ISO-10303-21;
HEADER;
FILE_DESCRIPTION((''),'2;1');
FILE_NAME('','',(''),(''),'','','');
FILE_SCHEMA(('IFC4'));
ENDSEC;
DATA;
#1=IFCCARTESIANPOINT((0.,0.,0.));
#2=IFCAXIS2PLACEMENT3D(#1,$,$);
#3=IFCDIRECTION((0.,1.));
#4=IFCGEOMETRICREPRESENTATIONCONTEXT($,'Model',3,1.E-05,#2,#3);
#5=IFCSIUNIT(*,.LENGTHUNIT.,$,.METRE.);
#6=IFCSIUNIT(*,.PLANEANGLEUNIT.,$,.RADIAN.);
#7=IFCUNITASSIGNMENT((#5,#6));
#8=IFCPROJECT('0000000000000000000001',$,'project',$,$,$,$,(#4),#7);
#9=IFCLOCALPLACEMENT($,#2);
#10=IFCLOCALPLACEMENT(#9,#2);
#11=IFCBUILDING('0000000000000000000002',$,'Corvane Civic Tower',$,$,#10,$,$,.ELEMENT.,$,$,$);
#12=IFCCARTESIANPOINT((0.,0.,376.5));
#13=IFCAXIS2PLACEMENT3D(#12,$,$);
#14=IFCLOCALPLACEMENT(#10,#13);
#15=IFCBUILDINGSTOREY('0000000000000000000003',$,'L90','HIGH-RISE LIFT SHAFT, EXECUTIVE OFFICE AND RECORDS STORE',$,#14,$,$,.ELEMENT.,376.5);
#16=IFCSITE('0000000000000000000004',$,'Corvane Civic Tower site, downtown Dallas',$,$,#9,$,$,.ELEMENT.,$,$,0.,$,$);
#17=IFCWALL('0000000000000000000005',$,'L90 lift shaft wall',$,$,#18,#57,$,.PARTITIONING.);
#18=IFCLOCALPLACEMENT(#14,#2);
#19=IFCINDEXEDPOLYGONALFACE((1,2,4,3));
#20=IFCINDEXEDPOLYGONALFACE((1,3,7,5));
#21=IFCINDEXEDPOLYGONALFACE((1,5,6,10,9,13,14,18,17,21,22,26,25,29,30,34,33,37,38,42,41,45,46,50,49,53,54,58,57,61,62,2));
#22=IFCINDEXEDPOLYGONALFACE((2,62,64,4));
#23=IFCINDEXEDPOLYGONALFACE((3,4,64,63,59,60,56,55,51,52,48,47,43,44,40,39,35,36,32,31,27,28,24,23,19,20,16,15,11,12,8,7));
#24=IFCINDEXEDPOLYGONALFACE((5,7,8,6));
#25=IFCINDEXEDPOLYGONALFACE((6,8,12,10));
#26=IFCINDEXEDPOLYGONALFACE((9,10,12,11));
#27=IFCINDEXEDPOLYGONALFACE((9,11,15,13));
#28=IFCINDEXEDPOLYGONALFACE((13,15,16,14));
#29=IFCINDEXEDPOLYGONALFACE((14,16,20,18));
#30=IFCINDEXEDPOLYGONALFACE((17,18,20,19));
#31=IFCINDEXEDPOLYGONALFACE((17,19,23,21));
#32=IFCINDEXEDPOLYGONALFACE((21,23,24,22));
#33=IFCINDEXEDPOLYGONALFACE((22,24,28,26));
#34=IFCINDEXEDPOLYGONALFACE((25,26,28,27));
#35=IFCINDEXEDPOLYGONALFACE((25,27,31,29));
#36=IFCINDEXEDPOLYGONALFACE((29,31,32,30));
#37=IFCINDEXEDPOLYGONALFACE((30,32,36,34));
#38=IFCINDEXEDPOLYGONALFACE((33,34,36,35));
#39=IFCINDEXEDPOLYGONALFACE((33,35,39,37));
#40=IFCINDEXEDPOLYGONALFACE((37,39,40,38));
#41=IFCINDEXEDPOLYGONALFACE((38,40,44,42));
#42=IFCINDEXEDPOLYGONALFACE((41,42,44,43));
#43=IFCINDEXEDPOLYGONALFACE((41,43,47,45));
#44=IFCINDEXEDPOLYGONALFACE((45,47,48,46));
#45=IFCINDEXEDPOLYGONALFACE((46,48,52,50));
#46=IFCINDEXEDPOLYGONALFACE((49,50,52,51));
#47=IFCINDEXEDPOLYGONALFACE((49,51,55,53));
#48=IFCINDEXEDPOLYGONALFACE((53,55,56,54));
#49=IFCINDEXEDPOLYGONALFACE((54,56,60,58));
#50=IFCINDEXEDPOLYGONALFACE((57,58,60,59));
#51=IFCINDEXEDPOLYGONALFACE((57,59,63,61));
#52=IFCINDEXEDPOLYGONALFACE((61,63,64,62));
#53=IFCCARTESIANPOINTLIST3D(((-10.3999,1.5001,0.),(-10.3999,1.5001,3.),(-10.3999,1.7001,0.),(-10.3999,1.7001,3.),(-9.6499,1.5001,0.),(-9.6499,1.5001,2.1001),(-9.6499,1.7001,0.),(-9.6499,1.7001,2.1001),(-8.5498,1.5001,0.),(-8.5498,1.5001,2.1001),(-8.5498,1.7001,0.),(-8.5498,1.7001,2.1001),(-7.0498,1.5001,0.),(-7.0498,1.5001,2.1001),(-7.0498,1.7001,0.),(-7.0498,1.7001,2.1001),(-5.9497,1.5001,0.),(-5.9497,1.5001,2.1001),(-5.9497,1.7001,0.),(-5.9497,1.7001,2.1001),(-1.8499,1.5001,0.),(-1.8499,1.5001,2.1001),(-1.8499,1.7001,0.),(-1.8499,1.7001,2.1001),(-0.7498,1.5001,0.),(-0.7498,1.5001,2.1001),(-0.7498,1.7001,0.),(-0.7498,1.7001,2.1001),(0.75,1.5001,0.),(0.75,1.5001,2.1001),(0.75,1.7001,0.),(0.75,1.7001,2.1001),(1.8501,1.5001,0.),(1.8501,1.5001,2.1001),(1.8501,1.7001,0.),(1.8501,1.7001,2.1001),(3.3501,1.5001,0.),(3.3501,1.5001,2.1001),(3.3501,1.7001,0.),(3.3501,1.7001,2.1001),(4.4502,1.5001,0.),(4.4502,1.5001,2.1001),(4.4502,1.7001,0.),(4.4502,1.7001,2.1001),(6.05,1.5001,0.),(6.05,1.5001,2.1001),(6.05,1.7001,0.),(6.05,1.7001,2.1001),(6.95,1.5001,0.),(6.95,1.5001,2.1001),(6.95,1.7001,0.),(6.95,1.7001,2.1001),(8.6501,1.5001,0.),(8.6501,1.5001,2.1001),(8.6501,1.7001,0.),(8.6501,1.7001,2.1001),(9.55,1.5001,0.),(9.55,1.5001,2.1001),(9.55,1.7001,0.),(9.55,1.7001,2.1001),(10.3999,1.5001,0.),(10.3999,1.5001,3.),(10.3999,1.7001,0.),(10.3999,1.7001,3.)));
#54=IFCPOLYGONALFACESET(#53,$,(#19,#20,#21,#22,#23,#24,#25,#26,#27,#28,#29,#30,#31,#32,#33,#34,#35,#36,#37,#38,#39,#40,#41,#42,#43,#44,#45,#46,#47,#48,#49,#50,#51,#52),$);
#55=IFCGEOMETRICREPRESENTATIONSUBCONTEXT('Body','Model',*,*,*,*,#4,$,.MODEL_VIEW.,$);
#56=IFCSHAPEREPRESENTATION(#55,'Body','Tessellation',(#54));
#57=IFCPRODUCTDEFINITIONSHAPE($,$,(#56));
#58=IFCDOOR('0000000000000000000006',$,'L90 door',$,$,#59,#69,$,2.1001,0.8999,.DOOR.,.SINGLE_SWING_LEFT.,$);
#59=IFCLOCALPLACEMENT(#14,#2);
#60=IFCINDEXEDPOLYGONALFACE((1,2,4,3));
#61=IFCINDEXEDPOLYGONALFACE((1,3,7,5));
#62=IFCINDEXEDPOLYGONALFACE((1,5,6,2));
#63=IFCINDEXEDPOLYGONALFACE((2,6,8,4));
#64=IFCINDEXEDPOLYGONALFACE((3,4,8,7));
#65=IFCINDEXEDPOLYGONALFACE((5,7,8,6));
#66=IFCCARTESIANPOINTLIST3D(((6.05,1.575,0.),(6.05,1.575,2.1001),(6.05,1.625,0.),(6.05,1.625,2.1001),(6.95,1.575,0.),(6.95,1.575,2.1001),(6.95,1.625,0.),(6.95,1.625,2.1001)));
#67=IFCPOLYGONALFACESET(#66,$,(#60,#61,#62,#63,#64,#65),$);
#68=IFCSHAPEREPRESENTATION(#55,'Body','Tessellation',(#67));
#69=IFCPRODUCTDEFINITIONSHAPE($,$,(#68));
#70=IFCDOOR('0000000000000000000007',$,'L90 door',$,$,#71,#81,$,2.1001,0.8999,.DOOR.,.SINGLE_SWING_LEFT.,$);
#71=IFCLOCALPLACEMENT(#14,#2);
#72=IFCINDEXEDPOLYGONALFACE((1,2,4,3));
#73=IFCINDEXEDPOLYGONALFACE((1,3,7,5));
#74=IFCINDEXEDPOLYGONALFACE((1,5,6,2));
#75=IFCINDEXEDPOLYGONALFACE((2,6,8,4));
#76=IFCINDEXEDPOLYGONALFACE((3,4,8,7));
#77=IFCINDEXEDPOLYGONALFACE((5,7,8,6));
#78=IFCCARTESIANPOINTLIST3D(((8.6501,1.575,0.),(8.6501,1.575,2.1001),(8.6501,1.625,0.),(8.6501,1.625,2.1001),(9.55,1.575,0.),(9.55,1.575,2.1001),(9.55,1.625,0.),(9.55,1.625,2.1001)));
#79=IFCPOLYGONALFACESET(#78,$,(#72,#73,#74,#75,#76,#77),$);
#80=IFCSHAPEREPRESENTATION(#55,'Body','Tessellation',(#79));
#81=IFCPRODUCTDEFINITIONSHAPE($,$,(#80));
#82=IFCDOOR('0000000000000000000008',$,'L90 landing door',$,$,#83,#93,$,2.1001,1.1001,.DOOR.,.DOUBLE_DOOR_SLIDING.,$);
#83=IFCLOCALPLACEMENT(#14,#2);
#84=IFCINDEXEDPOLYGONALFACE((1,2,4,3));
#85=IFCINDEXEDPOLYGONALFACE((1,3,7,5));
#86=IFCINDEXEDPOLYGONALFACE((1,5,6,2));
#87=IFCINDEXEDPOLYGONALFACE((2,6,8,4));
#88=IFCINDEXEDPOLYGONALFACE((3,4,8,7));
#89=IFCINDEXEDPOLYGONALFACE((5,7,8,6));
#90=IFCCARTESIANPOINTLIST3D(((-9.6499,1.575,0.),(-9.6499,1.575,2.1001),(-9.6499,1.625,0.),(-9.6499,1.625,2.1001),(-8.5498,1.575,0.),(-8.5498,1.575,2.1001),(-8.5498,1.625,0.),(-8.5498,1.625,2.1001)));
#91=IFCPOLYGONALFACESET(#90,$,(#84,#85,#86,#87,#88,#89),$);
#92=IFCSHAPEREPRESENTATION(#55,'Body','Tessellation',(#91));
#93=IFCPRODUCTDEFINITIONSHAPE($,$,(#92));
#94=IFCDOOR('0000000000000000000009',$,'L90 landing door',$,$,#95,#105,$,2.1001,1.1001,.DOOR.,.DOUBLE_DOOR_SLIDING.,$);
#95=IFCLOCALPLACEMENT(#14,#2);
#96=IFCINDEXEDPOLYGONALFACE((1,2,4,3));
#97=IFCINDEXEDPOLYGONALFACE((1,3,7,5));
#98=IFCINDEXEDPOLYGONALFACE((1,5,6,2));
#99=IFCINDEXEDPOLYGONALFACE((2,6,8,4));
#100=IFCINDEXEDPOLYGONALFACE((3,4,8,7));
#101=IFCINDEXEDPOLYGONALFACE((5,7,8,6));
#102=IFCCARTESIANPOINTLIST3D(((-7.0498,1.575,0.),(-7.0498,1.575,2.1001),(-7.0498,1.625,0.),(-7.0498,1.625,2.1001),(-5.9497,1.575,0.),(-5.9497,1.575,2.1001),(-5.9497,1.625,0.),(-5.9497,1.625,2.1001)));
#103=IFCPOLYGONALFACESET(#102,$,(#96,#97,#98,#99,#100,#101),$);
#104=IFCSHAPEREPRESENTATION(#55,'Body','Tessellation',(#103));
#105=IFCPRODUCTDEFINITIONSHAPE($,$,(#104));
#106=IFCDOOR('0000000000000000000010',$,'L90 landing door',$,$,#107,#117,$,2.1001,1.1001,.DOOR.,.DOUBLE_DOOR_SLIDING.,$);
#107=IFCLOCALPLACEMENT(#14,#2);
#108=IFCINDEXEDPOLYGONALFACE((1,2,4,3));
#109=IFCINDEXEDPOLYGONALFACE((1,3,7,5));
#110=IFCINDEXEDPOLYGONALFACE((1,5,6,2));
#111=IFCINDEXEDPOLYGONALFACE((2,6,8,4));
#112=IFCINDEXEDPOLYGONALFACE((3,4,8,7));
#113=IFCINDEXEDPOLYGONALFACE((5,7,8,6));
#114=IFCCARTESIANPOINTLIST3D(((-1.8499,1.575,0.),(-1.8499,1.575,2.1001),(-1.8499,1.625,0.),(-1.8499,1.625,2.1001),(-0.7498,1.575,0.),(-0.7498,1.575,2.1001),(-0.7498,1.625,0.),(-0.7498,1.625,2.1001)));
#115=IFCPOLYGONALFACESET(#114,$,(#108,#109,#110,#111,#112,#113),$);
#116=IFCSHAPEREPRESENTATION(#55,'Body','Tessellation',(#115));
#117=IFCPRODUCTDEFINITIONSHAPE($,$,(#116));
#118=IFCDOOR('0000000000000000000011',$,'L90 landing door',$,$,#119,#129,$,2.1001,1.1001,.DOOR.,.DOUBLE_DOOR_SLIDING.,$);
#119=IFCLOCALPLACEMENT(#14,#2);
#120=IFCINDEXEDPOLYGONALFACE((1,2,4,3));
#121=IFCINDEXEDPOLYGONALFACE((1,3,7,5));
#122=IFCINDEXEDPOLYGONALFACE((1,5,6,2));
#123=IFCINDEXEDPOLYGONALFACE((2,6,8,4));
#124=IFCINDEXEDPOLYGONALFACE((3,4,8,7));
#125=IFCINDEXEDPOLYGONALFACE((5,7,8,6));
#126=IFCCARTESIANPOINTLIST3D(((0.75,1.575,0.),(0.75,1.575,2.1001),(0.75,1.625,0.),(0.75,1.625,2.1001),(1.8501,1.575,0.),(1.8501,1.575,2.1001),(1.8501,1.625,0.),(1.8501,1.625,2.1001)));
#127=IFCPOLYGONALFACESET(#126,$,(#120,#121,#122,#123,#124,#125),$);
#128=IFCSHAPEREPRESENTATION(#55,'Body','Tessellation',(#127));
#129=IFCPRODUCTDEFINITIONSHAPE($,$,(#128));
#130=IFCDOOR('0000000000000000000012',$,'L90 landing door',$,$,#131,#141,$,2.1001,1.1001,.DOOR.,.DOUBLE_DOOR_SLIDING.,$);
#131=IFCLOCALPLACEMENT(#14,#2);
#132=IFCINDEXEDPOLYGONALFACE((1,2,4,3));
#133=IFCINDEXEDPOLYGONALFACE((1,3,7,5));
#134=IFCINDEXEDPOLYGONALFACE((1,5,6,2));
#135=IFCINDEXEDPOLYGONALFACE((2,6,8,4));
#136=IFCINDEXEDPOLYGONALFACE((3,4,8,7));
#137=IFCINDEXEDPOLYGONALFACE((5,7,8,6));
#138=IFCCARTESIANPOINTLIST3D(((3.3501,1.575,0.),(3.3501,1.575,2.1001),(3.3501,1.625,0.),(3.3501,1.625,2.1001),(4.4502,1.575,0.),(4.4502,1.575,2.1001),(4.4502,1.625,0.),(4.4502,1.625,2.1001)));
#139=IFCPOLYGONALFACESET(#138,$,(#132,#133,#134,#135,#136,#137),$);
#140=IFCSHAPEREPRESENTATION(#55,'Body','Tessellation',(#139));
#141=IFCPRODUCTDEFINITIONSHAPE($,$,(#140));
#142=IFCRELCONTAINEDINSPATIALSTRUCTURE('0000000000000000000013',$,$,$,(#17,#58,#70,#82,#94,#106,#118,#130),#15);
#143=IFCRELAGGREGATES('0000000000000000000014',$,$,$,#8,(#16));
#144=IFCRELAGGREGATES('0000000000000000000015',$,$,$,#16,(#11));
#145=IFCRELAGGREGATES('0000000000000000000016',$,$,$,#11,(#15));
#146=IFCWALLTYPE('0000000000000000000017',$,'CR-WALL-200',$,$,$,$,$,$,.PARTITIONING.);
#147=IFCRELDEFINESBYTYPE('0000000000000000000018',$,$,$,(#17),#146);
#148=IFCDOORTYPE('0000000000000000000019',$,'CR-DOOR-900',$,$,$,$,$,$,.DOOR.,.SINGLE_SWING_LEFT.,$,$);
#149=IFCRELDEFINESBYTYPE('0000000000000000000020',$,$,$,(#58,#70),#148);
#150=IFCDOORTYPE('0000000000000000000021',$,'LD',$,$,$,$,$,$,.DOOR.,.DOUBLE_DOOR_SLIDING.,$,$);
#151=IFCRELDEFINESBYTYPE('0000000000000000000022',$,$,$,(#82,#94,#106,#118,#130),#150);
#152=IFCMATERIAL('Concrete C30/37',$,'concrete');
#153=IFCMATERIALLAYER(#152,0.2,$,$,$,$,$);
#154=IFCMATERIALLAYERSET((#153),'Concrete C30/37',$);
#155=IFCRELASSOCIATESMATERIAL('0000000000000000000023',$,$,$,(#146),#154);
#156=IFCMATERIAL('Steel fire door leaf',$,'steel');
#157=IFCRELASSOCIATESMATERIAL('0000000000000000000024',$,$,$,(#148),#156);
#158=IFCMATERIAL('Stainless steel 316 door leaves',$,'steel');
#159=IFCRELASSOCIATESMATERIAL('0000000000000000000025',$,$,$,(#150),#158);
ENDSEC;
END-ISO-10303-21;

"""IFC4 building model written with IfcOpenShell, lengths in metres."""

from ifc_helpers import new_model, si_unit, direction, frame, frame_2d, origin, place, context, subcontext, project, spatial, rectangle, extrude, material, layer, layer_set, type_object, element, fill, save


model = new_model("IFC4")

# Units and contexts
model_context = context("Model", 3, precision=1e-05, world=origin(), true_north=direction((0.0, 1.0)))
body_context = subcontext(model_context, "Body", "Model", "MODEL_VIEW")
ifc_project = project(units=[si_unit("LENGTHUNIT", "METRE"), si_unit("PLANEANGLEUNIT", "RADIAN")], contexts=[model_context])

# Site, building, storey
site_placement = place(None, origin())
site = spatial("IfcSite", under=ifc_project, at=site_placement, Name="Corvane Civic Tower site, downtown Dallas", CompositionType="ELEMENT", RefElevation=0.0)
building_placement = place(site_placement, origin())
building = spatial("IfcBuilding", under=site, at=building_placement, Name="Corvane Civic Tower", CompositionType="ELEMENT")
storey_placement = place(building_placement, frame((0.0, 0.0, 376.5)))
storey = spatial("IfcBuildingStorey", under=building, at=storey_placement, Name="L90", Description="HIGH-RISE LIFT SHAFT, EXECUTIVE OFFICE AND RECORDS STORE", CompositionType="ELEMENT", Elevation=376.5)

# Wall, openings, doors
ifc_material_1 = material(Name="Concrete C30/37", Category="concrete")
ifc_layer_1 = layer(ifc_material_1, 0.2)
ifc_layer_set_1 = layer_set([ifc_layer_1], Name="Concrete C30/37")
wall_type_1 = type_object("IfcWallType", Name="CR-WALL-200", PredefinedType="PARTITIONING", material=ifc_layer_set_1)
wall_1_placement = place(storey_placement, frame((-10.3999, 1.6001, 0.0), z_axis=(0.0, 0.0, 1.0), x_axis=(1.0, 0.0, 0.0)))
wall_1 = element("IfcWall", 1, at=wall_1_placement, inside=storey, type_object=wall_type_1, Name="L90 lift shaft wall", PredefinedType="PARTITIONING", context=body_context, shape_type="SweptSolid", body=[
    extrude(rectangle(XDim=20.7998, YDim=0.2, at=frame_2d((10.3999, 0.0))), origin(), (0.0, 0.0, 1.0), 3.0),
])
opening_1_placement = place(wall_1_placement, frame((0.75, 0.0, 0.0)))
opening_1 = element("IfcOpeningElement", 2, at=opening_1_placement, cuts=wall_1, PredefinedType="OPENING", context=body_context, shape_type="SweptSolid", body=[
    extrude(rectangle(XDim=1.1001, YDim=2.1001, at=frame_2d((0.55, 1.05))), frame((0.0, 0.1099, 0.0), z_axis=(0.0, -1.0, 0.0), x_axis=(1.0, 0.0, 0.0)), (0.0, 0.0, 1.0), 0.22),
])
opening_2_placement = place(wall_1_placement, frame((3.3501, 0.0, 0.0)))
opening_2 = element("IfcOpeningElement", 3, at=opening_2_placement, cuts=wall_1, PredefinedType="OPENING", context=body_context, shape_type="SweptSolid", body=[
    extrude(rectangle(XDim=1.1001, YDim=2.1001, at=frame_2d((0.55, 1.05))), frame((0.0, 0.1099, 0.0), z_axis=(0.0, -1.0, 0.0), x_axis=(1.0, 0.0, 0.0)), (0.0, 0.0, 1.0), 0.22),
])
opening_3_placement = place(wall_1_placement, frame((8.55, 0.0, 0.0)))
opening_3 = element("IfcOpeningElement", 4, at=opening_3_placement, cuts=wall_1, PredefinedType="OPENING", context=body_context, shape_type="SweptSolid", body=[
    extrude(rectangle(XDim=1.1001, YDim=2.1001, at=frame_2d((0.55, 1.05))), frame((0.0, 0.1099, 0.0), z_axis=(0.0, -1.0, 0.0), x_axis=(1.0, 0.0, 0.0)), (0.0, 0.0, 1.0), 0.22),
])
opening_4_placement = place(wall_1_placement, frame((11.1499, 0.0, 0.0)))
opening_4 = element("IfcOpeningElement", 5, at=opening_4_placement, cuts=wall_1, PredefinedType="OPENING", context=body_context, shape_type="SweptSolid", body=[
    extrude(rectangle(XDim=1.1001, YDim=2.1001, at=frame_2d((0.55, 1.05))), frame((0.0, 0.1099, 0.0), z_axis=(0.0, -1.0, 0.0), x_axis=(1.0, 0.0, 0.0)), (0.0, 0.0, 1.0), 0.22),
])
opening_5_placement = place(wall_1_placement, frame((13.75, 0.0, 0.0)))
opening_5 = element("IfcOpeningElement", 6, at=opening_5_placement, cuts=wall_1, PredefinedType="OPENING", context=body_context, shape_type="SweptSolid", body=[
    extrude(rectangle(XDim=1.1001, YDim=2.1001, at=frame_2d((0.55, 1.05))), frame((0.0, 0.1099, 0.0), z_axis=(0.0, -1.0, 0.0), x_axis=(1.0, 0.0, 0.0)), (0.0, 0.0, 1.0), 0.22),
])
opening_6_placement = place(wall_1_placement, frame((16.45, 0.0, 0.0)))
opening_6 = element("IfcOpeningElement", 7, at=opening_6_placement, cuts=wall_1, PredefinedType="OPENING", context=body_context, shape_type="SweptSolid", body=[
    extrude(rectangle(XDim=0.8999, YDim=2.1001, at=frame_2d((0.45, 1.05))), frame((0.0, 0.1099, 0.0), z_axis=(0.0, -1.0, 0.0), x_axis=(1.0, 0.0, 0.0)), (0.0, 0.0, 1.0), 0.22),
])
opening_7_placement = place(wall_1_placement, frame((19.05, 0.0, 0.0)))
opening_7 = element("IfcOpeningElement", 8, at=opening_7_placement, cuts=wall_1, PredefinedType="OPENING", context=body_context, shape_type="SweptSolid", body=[
    extrude(rectangle(XDim=0.8999, YDim=2.1001, at=frame_2d((0.45, 1.05))), frame((0.0, 0.1099, 0.0), z_axis=(0.0, -1.0, 0.0), x_axis=(1.0, 0.0, 0.0)), (0.0, 0.0, 1.0), 0.22),
])
ifc_material_2 = material(Name="Steel fire door leaf", Category="steel")
door_type_1 = type_object("IfcDoorType", Name="CR-DOOR-900", OperationType="SINGLE_SWING_LEFT", PredefinedType="DOOR", material=ifc_material_2)
door_1_placement = place(opening_6_placement, origin())
door_1 = element("IfcDoor", 9, at=door_1_placement, inside=storey, type_object=door_type_1, Name="L90 door", OperationType="SINGLE_SWING_LEFT", OverallHeight=2.1001, OverallWidth=0.8999, PredefinedType="DOOR", context=body_context, shape_type="SweptSolid", body=[
    extrude(rectangle(XDim=0.8999, YDim=2.1001, at=frame_2d((0.45, 1.05))), frame((0.0, 0.0249, 0.0), z_axis=(0.0, -1.0, 0.0), x_axis=(1.0, 0.0, 0.0)), (0.0, 0.0, 1.0), 0.05),
])
fill(opening_6, door_1)
door_2_placement = place(opening_7_placement, origin())
door_2 = element("IfcDoor", 10, at=door_2_placement, inside=storey, type_object=door_type_1, Name="L90 door", OperationType="SINGLE_SWING_LEFT", OverallHeight=2.1001, OverallWidth=0.8999, PredefinedType="DOOR", context=body_context, shape_type="SweptSolid", body=[
    extrude(rectangle(XDim=0.8999, YDim=2.1001, at=frame_2d((0.45, 1.05))), frame((0.0, 0.0249, 0.0), z_axis=(0.0, -1.0, 0.0), x_axis=(1.0, 0.0, 0.0)), (0.0, 0.0, 1.0), 0.05),
])
fill(opening_7, door_2)
ifc_material_3 = material(Name="Stainless steel 316 door leaves", Category="steel")
door_type_2 = type_object("IfcDoorType", Name="LD", OperationType="DOUBLE_DOOR_SLIDING", PredefinedType="DOOR", material=ifc_material_3)
door_3_placement = place(opening_1_placement, origin())
door_3 = element("IfcDoor", 11, at=door_3_placement, inside=storey, type_object=door_type_2, Name="L90 landing door", OperationType="DOUBLE_DOOR_SLIDING", OverallHeight=2.1001, OverallWidth=1.1001, PredefinedType="DOOR", context=body_context, shape_type="SweptSolid", body=[
    extrude(rectangle(XDim=1.1001, YDim=2.1001, at=frame_2d((0.55, 1.05))), frame((0.0, 0.0249, 0.0), z_axis=(0.0, -1.0, 0.0), x_axis=(1.0, 0.0, 0.0)), (0.0, 0.0, 1.0), 0.05),
])
fill(opening_1, door_3)
door_4_placement = place(opening_2_placement, origin())
door_4 = element("IfcDoor", 12, at=door_4_placement, inside=storey, type_object=door_type_2, Name="L90 landing door", OperationType="DOUBLE_DOOR_SLIDING", OverallHeight=2.1001, OverallWidth=1.1001, PredefinedType="DOOR", context=body_context, shape_type="SweptSolid", body=[
    extrude(rectangle(XDim=1.1001, YDim=2.1001, at=frame_2d((0.55, 1.05))), frame((0.0, 0.0249, 0.0), z_axis=(0.0, -1.0, 0.0), x_axis=(1.0, 0.0, 0.0)), (0.0, 0.0, 1.0), 0.05),
])
fill(opening_2, door_4)
door_5_placement = place(opening_3_placement, origin())
door_5 = element("IfcDoor", 13, at=door_5_placement, inside=storey, type_object=door_type_2, Name="L90 landing door", OperationType="DOUBLE_DOOR_SLIDING", OverallHeight=2.1001, OverallWidth=1.1001, PredefinedType="DOOR", context=body_context, shape_type="SweptSolid", body=[
    extrude(rectangle(XDim=1.1001, YDim=2.1001, at=frame_2d((0.55, 1.05))), frame((0.0, 0.0249, 0.0), z_axis=(0.0, -1.0, 0.0), x_axis=(1.0, 0.0, 0.0)), (0.0, 0.0, 1.0), 0.05),
])
fill(opening_3, door_5)
door_6_placement = place(opening_4_placement, origin())
door_6 = element("IfcDoor", 14, at=door_6_placement, inside=storey, type_object=door_type_2, Name="L90 landing door", OperationType="DOUBLE_DOOR_SLIDING", OverallHeight=2.1001, OverallWidth=1.1001, PredefinedType="DOOR", context=body_context, shape_type="SweptSolid", body=[
    extrude(rectangle(XDim=1.1001, YDim=2.1001, at=frame_2d((0.55, 1.05))), frame((0.0, 0.0249, 0.0), z_axis=(0.0, -1.0, 0.0), x_axis=(1.0, 0.0, 0.0)), (0.0, 0.0, 1.0), 0.05),
])
fill(opening_4, door_6)
door_7_placement = place(opening_5_placement, origin())
door_7 = element("IfcDoor", 15, at=door_7_placement, inside=storey, type_object=door_type_2, Name="L90 landing door", OperationType="DOUBLE_DOOR_SLIDING", OverallHeight=2.1001, OverallWidth=1.1001, PredefinedType="DOOR", context=body_context, shape_type="SweptSolid", body=[
    extrude(rectangle(XDim=1.1001, YDim=2.1001, at=frame_2d((0.55, 1.05))), frame((0.0, 0.0249, 0.0), z_axis=(0.0, -1.0, 0.0), x_axis=(1.0, 0.0, 0.0)), (0.0, 0.0, 1.0), 0.05),
])
fill(opening_5, door_7)

save(model, "model.ifc")
